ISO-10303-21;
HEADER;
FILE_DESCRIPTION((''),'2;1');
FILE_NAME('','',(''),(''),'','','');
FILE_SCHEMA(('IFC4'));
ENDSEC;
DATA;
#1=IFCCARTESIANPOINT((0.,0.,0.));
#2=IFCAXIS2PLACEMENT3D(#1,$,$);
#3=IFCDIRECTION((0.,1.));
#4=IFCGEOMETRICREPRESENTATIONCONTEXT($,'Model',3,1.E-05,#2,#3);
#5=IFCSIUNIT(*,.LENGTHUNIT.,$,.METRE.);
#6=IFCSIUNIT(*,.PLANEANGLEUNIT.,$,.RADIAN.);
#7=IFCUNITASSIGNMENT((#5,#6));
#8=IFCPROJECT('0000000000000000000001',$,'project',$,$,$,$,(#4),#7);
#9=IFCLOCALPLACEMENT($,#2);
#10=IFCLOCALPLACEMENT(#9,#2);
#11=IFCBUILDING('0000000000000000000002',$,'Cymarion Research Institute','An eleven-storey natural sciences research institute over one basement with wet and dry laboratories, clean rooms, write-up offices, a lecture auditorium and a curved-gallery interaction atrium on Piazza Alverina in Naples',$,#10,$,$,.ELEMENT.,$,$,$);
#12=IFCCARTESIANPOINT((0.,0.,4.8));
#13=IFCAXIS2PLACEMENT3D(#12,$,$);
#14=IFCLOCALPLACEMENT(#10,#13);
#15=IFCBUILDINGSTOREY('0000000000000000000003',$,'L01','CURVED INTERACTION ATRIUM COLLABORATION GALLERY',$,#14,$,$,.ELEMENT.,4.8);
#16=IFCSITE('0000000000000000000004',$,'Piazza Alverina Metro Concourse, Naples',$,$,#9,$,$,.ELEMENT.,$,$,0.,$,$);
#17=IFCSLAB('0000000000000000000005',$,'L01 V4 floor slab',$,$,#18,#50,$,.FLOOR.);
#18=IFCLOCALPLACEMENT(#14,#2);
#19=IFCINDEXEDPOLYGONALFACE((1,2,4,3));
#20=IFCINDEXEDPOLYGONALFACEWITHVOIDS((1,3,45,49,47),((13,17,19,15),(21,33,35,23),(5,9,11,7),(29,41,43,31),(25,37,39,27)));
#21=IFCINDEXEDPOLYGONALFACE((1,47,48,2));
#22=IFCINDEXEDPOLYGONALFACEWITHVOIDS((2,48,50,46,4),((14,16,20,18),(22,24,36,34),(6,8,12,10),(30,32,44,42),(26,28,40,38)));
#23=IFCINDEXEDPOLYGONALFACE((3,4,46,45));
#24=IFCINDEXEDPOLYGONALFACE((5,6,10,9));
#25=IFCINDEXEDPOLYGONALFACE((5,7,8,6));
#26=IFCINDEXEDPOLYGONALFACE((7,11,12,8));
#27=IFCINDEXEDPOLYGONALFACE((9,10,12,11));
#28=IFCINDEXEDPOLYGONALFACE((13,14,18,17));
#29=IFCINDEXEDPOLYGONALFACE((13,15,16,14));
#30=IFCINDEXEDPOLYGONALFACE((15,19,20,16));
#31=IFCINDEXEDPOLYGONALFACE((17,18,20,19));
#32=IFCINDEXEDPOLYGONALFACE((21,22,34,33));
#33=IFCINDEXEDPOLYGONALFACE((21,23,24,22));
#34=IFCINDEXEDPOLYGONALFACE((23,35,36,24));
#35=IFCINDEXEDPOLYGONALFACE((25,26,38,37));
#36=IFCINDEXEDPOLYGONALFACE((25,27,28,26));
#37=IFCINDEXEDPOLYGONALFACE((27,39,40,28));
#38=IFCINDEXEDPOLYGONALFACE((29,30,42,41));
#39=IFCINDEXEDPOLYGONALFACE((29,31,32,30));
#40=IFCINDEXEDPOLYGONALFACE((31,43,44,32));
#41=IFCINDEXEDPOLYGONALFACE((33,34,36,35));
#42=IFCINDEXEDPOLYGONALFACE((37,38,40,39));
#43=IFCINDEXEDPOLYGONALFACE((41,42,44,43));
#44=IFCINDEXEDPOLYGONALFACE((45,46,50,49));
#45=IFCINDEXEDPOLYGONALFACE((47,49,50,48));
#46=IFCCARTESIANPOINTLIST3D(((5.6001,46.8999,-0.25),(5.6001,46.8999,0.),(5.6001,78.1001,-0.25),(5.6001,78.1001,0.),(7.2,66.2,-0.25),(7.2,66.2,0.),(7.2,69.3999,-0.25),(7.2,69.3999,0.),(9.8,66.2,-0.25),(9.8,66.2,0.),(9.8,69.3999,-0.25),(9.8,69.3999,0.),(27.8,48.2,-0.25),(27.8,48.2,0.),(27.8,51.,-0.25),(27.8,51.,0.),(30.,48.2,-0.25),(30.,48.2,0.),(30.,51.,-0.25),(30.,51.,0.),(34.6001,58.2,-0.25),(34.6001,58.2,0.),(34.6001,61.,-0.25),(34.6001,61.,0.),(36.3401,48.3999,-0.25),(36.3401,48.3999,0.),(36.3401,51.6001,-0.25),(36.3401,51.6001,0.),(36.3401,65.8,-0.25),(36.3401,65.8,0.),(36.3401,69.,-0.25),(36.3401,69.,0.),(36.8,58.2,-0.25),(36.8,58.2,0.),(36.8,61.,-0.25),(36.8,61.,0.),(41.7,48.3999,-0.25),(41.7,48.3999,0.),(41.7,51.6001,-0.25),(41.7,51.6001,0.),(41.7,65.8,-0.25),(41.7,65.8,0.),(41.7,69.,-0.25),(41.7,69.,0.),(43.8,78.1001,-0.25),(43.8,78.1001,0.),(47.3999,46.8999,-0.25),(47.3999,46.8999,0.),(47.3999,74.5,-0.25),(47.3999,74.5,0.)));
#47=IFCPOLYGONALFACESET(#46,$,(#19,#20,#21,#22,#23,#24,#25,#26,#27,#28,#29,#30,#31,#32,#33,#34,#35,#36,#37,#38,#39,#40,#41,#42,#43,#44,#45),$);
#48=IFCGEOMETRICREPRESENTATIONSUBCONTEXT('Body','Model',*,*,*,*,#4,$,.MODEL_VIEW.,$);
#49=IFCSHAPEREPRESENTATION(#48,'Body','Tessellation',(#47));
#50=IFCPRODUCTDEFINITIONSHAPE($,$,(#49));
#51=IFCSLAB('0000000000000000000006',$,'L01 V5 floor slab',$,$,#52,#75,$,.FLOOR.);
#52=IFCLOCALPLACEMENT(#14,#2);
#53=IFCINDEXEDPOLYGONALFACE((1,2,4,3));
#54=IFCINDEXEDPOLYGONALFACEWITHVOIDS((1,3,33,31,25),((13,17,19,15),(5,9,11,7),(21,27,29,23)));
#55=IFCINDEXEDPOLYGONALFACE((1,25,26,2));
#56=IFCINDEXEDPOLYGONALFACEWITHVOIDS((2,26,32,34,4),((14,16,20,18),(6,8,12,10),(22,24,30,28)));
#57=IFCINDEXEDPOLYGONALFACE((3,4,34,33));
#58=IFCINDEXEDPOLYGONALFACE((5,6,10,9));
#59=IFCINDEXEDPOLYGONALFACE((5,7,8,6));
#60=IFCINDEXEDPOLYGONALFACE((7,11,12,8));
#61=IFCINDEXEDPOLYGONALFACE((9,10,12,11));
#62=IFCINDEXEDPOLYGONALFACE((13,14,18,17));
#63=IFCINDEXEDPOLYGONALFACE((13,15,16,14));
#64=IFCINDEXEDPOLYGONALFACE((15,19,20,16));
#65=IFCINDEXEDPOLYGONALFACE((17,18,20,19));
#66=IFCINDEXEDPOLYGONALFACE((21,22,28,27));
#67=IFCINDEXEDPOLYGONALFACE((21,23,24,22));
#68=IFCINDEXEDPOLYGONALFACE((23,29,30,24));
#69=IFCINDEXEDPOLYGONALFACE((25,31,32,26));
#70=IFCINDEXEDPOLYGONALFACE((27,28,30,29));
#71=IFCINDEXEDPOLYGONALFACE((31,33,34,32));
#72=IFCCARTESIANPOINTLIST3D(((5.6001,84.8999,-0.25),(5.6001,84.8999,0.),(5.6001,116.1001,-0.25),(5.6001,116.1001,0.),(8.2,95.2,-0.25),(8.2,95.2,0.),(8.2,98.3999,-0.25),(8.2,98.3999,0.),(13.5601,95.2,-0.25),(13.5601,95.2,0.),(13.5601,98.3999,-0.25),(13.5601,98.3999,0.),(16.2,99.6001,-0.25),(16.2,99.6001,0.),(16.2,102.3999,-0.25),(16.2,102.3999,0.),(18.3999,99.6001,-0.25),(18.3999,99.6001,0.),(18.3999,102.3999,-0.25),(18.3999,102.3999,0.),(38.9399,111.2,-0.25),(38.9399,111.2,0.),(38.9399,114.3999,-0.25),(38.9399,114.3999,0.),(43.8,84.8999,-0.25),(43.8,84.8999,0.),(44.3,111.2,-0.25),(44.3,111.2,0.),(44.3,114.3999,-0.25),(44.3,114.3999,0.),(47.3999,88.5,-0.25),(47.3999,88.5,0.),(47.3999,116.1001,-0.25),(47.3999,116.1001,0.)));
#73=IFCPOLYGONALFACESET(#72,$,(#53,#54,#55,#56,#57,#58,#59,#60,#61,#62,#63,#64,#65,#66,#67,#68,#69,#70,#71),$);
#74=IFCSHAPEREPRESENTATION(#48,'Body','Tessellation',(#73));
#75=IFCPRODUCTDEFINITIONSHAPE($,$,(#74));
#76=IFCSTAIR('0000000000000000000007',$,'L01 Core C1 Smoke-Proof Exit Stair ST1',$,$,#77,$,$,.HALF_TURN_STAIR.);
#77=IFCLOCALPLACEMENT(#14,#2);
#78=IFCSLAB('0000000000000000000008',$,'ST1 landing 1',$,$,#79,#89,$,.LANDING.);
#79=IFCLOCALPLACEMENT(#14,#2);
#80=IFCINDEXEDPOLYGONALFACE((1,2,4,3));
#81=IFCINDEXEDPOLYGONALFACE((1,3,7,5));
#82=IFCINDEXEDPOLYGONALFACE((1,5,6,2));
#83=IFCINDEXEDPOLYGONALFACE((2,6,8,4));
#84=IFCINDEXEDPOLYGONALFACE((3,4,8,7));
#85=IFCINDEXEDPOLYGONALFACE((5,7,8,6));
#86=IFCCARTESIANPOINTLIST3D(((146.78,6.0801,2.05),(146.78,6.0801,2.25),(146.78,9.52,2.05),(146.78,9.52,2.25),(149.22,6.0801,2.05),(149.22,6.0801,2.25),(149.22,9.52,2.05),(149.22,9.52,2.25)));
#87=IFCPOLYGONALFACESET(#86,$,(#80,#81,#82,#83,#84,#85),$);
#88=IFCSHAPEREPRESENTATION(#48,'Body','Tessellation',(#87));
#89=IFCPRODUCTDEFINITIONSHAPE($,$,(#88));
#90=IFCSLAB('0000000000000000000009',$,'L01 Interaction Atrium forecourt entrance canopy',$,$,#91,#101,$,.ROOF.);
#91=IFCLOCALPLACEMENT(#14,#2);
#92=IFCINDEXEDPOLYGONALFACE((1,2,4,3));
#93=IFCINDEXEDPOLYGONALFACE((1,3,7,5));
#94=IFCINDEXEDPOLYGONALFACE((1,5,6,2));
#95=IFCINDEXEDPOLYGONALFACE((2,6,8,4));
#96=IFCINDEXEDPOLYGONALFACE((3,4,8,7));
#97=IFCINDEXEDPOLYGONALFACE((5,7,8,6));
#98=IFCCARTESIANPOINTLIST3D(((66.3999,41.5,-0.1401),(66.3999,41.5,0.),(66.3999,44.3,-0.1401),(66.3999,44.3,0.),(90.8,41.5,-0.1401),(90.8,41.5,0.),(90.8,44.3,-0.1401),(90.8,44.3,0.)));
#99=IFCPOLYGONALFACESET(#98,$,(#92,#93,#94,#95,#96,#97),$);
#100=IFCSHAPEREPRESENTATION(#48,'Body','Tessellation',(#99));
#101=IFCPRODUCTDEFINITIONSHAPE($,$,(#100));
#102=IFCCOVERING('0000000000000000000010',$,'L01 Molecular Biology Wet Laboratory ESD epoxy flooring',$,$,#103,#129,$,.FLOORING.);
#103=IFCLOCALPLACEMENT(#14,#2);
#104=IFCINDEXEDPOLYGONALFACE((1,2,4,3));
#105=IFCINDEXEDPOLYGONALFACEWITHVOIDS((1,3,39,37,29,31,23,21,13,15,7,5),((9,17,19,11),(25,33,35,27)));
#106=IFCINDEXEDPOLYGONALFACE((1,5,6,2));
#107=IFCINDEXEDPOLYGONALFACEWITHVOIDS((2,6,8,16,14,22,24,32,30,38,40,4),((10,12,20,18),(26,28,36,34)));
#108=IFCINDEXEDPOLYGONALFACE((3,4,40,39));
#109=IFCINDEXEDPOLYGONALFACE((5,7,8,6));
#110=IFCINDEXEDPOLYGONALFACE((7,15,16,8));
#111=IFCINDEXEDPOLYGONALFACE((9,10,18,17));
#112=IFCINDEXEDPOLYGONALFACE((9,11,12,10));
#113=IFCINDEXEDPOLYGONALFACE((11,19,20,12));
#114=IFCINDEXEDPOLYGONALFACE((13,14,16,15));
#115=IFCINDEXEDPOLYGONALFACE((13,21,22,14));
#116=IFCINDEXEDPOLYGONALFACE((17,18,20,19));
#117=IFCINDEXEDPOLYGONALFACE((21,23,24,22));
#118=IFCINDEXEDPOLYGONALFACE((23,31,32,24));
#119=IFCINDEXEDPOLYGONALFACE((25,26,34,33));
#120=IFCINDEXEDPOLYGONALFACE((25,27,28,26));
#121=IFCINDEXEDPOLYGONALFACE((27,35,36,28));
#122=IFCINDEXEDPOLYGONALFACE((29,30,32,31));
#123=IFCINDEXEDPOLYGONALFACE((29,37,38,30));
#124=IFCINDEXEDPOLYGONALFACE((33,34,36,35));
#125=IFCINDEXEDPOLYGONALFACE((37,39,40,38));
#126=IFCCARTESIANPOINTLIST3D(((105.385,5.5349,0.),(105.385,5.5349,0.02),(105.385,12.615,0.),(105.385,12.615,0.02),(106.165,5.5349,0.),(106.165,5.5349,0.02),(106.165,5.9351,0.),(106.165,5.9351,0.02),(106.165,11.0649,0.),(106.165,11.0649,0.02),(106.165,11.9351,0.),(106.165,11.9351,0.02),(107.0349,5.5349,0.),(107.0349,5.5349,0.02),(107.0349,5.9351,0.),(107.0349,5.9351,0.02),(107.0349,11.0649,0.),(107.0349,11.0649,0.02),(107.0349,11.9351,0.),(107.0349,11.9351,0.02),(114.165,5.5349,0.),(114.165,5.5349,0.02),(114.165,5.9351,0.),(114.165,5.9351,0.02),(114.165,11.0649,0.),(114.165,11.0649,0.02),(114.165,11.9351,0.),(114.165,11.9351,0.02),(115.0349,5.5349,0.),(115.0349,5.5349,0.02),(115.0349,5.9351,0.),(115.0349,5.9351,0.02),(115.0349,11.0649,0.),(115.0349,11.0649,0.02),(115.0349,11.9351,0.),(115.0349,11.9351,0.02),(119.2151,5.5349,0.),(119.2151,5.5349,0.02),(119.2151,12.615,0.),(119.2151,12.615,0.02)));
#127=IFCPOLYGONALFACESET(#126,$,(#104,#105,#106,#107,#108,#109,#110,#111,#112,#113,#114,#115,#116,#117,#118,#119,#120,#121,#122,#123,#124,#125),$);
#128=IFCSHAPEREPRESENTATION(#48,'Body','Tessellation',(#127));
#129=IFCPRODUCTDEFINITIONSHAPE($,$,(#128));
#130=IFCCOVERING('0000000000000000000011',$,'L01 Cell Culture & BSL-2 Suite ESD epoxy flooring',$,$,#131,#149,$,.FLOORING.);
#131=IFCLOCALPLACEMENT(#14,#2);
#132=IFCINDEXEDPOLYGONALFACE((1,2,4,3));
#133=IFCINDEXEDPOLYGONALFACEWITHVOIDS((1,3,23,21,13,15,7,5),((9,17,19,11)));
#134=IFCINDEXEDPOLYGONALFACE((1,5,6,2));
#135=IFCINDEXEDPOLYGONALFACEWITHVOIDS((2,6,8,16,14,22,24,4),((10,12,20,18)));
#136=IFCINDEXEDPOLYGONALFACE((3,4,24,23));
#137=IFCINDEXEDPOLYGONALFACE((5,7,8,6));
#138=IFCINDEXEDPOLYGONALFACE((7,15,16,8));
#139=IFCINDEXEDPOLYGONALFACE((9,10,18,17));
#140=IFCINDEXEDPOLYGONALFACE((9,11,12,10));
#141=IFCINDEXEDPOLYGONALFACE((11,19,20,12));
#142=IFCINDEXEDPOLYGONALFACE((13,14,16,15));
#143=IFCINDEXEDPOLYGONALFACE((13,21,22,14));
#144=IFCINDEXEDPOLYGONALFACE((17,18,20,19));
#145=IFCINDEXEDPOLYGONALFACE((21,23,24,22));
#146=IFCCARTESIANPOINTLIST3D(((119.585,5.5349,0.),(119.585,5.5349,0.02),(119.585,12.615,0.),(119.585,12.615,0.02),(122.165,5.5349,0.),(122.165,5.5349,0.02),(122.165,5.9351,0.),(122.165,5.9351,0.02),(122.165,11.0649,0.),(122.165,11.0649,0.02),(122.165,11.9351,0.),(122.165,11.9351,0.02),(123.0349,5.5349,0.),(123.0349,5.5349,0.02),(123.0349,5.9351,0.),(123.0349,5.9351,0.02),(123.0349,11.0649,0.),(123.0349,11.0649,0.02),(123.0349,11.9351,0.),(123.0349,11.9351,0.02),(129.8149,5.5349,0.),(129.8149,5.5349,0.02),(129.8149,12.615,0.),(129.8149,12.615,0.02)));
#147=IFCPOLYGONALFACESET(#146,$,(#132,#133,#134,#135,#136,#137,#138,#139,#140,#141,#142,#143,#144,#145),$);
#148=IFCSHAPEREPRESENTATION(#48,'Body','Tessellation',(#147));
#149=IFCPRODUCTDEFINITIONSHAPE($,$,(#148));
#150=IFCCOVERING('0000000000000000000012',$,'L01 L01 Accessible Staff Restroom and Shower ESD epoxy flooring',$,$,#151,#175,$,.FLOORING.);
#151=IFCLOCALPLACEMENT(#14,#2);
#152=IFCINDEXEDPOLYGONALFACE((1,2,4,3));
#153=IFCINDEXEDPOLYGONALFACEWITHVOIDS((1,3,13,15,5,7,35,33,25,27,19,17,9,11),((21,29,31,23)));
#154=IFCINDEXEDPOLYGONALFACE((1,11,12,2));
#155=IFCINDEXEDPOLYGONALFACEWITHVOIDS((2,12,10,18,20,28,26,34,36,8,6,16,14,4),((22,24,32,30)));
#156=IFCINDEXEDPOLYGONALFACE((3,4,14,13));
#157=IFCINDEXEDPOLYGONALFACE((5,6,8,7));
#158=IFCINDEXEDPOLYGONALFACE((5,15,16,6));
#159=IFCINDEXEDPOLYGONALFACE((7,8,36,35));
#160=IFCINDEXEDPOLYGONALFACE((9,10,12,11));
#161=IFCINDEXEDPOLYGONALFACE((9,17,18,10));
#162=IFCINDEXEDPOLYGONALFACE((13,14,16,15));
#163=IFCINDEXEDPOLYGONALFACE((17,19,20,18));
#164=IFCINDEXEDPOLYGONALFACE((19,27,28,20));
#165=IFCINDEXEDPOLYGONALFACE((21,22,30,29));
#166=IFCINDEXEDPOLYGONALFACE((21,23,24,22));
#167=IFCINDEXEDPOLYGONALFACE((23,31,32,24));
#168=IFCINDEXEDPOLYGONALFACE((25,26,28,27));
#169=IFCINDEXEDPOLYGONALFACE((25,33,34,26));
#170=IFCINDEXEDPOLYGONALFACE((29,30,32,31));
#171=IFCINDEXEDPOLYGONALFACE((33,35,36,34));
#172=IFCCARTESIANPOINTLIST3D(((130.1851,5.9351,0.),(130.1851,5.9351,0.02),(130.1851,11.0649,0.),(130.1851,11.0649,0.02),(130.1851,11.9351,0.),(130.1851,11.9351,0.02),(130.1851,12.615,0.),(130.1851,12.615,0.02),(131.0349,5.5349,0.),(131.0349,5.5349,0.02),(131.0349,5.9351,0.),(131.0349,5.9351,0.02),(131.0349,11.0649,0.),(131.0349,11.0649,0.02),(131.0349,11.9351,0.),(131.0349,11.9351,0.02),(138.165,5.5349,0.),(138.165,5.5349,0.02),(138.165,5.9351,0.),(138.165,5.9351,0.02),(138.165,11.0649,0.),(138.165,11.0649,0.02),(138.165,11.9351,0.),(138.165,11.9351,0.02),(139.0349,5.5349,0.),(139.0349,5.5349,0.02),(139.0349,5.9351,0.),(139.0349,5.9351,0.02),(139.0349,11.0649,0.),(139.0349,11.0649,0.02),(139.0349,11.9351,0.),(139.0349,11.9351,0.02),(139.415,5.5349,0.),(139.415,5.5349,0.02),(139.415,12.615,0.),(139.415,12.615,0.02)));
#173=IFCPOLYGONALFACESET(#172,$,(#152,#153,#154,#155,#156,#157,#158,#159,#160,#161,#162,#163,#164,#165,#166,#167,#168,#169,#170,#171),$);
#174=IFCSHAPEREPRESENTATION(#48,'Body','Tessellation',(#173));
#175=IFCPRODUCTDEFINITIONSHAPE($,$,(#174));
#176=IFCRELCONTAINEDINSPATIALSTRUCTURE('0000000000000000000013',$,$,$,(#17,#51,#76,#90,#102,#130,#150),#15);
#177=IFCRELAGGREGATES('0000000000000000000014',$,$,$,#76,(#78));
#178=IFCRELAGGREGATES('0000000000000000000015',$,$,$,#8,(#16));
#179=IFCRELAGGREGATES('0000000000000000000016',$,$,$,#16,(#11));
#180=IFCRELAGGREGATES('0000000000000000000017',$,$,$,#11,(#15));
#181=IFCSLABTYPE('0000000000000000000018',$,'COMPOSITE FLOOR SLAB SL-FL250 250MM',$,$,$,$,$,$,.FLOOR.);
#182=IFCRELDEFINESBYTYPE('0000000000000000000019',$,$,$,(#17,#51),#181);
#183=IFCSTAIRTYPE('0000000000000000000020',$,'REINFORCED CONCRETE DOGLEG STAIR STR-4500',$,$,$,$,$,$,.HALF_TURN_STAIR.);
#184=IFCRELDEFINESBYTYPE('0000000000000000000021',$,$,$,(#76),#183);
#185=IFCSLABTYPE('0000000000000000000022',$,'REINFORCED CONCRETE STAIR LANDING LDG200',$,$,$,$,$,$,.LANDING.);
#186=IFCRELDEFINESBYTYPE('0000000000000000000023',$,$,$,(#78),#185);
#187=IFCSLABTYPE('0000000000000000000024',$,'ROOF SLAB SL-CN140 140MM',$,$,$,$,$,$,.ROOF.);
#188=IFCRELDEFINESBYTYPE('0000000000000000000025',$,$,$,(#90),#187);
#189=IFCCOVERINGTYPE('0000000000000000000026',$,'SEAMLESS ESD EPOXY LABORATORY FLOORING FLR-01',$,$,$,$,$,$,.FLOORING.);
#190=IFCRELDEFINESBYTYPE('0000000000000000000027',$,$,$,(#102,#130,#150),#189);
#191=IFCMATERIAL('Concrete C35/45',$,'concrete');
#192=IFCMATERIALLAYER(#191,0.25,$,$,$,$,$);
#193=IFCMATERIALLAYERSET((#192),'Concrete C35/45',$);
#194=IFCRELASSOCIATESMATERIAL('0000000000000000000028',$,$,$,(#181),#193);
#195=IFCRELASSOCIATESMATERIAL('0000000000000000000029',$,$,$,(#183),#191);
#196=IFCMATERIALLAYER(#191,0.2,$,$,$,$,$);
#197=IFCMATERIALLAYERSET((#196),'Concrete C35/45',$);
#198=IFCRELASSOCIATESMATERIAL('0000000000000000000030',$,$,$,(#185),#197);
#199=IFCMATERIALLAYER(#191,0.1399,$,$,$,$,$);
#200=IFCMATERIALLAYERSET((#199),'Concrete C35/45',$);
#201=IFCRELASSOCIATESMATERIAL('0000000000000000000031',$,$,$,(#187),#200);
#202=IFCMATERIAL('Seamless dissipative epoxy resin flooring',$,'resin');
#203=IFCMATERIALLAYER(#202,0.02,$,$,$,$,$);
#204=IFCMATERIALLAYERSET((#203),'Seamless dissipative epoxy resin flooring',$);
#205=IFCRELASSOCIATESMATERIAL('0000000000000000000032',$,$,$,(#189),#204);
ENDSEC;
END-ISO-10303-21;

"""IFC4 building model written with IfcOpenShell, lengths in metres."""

from ifc_helpers import new_model, si_unit, direction, frame, origin, place, context, subcontext, project, spatial, polyline, outline, extrude, material, layer, layer_set, type_object, element, aggregate, save


model = new_model("IFC4")

# Units and contexts
model_context = context("Model", 3, precision=1e-05, world=origin(), true_north=direction((0.0, 1.0)))
body_context = subcontext(model_context, "Body", "Model", "MODEL_VIEW")
ifc_project = project(units=[si_unit("LENGTHUNIT", "METRE"), si_unit("PLANEANGLEUNIT", "RADIAN")], contexts=[model_context])

# Site, building, storey
site_placement = place(None, origin())
site = spatial("IfcSite", under=ifc_project, at=site_placement, Name="Piazza Alverina Metro Concourse, Naples", CompositionType="ELEMENT", RefElevation=0.0)
building_placement = place(site_placement, origin())
building = spatial("IfcBuilding", under=site, at=building_placement, Name="Cymarion Research Institute", Description="An eleven-storey natural sciences research institute over one basement with wet and dry laboratories, clean rooms, write-up offices, a lecture auditorium and a curved-gallery interaction atrium on Piazza Alverina in Naples", CompositionType="ELEMENT")
storey_placement = place(building_placement, frame((0.0, 0.0, 4.8)))
storey = spatial("IfcBuildingStorey", under=building, at=storey_placement, Name="L01", Description="CURVED INTERACTION ATRIUM COLLABORATION GALLERY", CompositionType="ELEMENT", Elevation=4.8)

# Slabs
ifc_material_1 = material(Name="Concrete C35/45", Category="concrete")
ifc_layer_1 = layer(ifc_material_1, 0.25)
ifc_layer_set_1 = layer_set([ifc_layer_1], Name="Concrete C35/45")
slab_type_1 = type_object("IfcSlabType", Name="COMPOSITE FLOOR SLAB SL-FL250 250MM", PredefinedType="FLOOR", material=ifc_layer_set_1)
slab_1_placement = place(storey_placement, frame((0.0, 0.0, -0.25)))
element("IfcSlab", 1, at=slab_1_placement, inside=storey, type_object=slab_type_1, Name="L01 V4 floor slab", PredefinedType="FLOOR", context=body_context, shape_type="SweptSolid", body=[
    extrude(outline(polyline([(5.6001, 46.8999), (47.3999, 46.8999), (47.3999, 74.5), (43.8, 78.1001), (5.6001, 78.1001), (5.6001, 46.8999)]), holes=[polyline([(36.3401, 48.3999), (41.7, 48.3999), (41.7, 51.6001), (36.3401, 51.6001), (36.3401, 48.3999)]), polyline([(27.8, 48.2), (30.0, 48.2), (30.0, 51.0), (27.8, 51.0), (27.8, 48.2)]), polyline([(36.3401, 65.8), (41.7, 65.8), (41.7, 69.0), (36.3401, 69.0), (36.3401, 65.8)]), polyline([(34.6001, 58.2), (36.8, 58.2), (36.8, 61.0), (34.6001, 61.0), (34.6001, 58.2)]), polyline([(7.2, 66.2), (9.8, 66.2), (9.8, 69.3999), (7.2, 69.3999), (7.2, 66.2)])]), origin(), (0.0, 0.0, 1.0), 0.25),
])
slab_2_placement = place(storey_placement, frame((0.0, 0.0, -0.25)))
element("IfcSlab", 2, at=slab_2_placement, inside=storey, type_object=slab_type_1, Name="L01 V5 floor slab", PredefinedType="FLOOR", context=body_context, shape_type="SweptSolid", body=[
    extrude(outline(polyline([(5.6001, 84.8999), (43.8, 84.8999), (47.3999, 88.5), (47.3999, 116.1001), (5.6001, 116.1001), (5.6001, 84.8999)]), holes=[polyline([(13.5601, 98.3999), (8.2, 98.3999), (8.2, 95.2), (13.5601, 95.2), (13.5601, 98.3999)]), polyline([(16.2, 99.6001), (18.3999, 99.6001), (18.3999, 102.3999), (16.2, 102.3999), (16.2, 99.6001)]), polyline([(38.9399, 111.2), (44.3, 111.2), (44.3, 114.3999), (38.9399, 114.3999), (38.9399, 111.2)])]), origin(), (0.0, 0.0, 1.0), 0.25),
])

# Stair, slab
stair_type = type_object("IfcStairType", Name="REINFORCED CONCRETE DOGLEG STAIR STR-4500", PredefinedType="HALF_TURN_STAIR", material=ifc_material_1)
stair_placement = place(storey_placement, origin())
stair = element("IfcStair", 3, at=stair_placement, inside=storey, type_object=stair_type, Name="L01 Core C1 Smoke-Proof Exit Stair ST1", PredefinedType="HALF_TURN_STAIR")
ifc_layer_2 = layer(ifc_material_1, 0.2)
ifc_layer_set_2 = layer_set([ifc_layer_2], Name="Concrete C35/45")
slab_type_2 = type_object("IfcSlabType", Name="REINFORCED CONCRETE STAIR LANDING LDG200", PredefinedType="LANDING", material=ifc_layer_set_2)
slab_3_placement = place(storey_placement, frame((0.0, 0.0, 2.05)))
slab_3 = element("IfcSlab", 4, at=slab_3_placement, type_object=slab_type_2, Name="ST1 landing 1", PredefinedType="LANDING", context=body_context, shape_type="SweptSolid", body=[
    extrude(outline(polyline([(149.22, 9.52), (149.22, 6.0801), (146.78, 6.0801), (146.78, 9.52), (149.22, 9.52)])), origin(), (0.0, 0.0, 1.0), 0.2),
])
aggregate(stair, [slab_3])

# Slab
ifc_layer_3 = layer(ifc_material_1, 0.1399)
ifc_layer_set_3 = layer_set([ifc_layer_3], Name="Concrete C35/45")
slab_type_3 = type_object("IfcSlabType", Name="ROOF SLAB SL-CN140 140MM", PredefinedType="ROOF", material=ifc_layer_set_3)
slab_4_placement = place(storey_placement, frame((0.0, 0.0, -0.1401)))
element("IfcSlab", 5, at=slab_4_placement, inside=storey, type_object=slab_type_3, Name="L01 Interaction Atrium forecourt entrance canopy", PredefinedType="ROOF", context=body_context, shape_type="SweptSolid", body=[
    extrude(outline(polyline([(66.3999, 41.5), (90.8, 41.5), (90.8, 44.3), (66.3999, 44.3), (66.3999, 41.5)])), origin(), (0.0, 0.0, 1.0), 0.1401),
])

# Coverings
ifc_material_2 = material(Name="Seamless dissipative epoxy resin flooring", Category="resin")
ifc_layer_4 = layer(ifc_material_2, 0.02)
ifc_layer_set_4 = layer_set([ifc_layer_4], Name="Seamless dissipative epoxy resin flooring")
covering_type = type_object("IfcCoveringType", Name="SEAMLESS ESD EPOXY LABORATORY FLOORING FLR-01", PredefinedType="FLOORING", material=ifc_layer_set_4)
covering_1_placement = place(storey_placement, origin())
element("IfcCovering", 6, at=covering_1_placement, inside=storey, type_object=covering_type, Name="L01 Molecular Biology Wet Laboratory ESD epoxy flooring", PredefinedType="FLOORING", context=body_context, shape_type="SweptSolid", body=[
    extrude(outline(polyline([(105.385, 12.615), (119.2151, 12.615), (119.2151, 5.5349), (115.0349, 5.5349), (115.0349, 5.9351), (114.165, 5.9351), (114.165, 5.5349), (107.0349, 5.5349), (107.0349, 5.9351), (106.165, 5.9351), (106.165, 5.5349), (105.385, 5.5349), (105.385, 12.615)]), holes=[polyline([(115.0349, 11.9351), (114.165, 11.9351), (114.165, 11.0649), (115.0349, 11.0649), (115.0349, 11.9351)]), polyline([(107.0349, 11.9351), (106.165, 11.9351), (106.165, 11.0649), (107.0349, 11.0649), (107.0349, 11.9351)])]), origin(), (0.0, 0.0, 1.0), 0.02),
])
covering_2_placement = place(storey_placement, origin())
element("IfcCovering", 7, at=covering_2_placement, inside=storey, type_object=covering_type, Name="L01 Cell Culture & BSL-2 Suite ESD epoxy flooring", PredefinedType="FLOORING", context=body_context, shape_type="SweptSolid", body=[
    extrude(outline(polyline([(119.585, 12.615), (129.8149, 12.615), (129.8149, 5.5349), (123.0349, 5.5349), (123.0349, 5.9351), (122.165, 5.9351), (122.165, 5.5349), (119.585, 5.5349), (119.585, 12.615)]), holes=[polyline([(123.0349, 11.9351), (122.165, 11.9351), (122.165, 11.0649), (123.0349, 11.0649), (123.0349, 11.9351)])]), origin(), (0.0, 0.0, 1.0), 0.02),
])
covering_3_placement = place(storey_placement, origin())
element("IfcCovering", 8, at=covering_3_placement, inside=storey, type_object=covering_type, Name="L01 L01 Accessible Staff Restroom and Shower ESD epoxy flooring", PredefinedType="FLOORING", context=body_context, shape_type="SweptSolid", body=[
    extrude(outline(polyline([(130.1851, 5.9351), (130.1851, 11.0649), (131.0349, 11.0649), (131.0349, 11.9351), (130.1851, 11.9351), (130.1851, 12.615), (139.415, 12.615), (139.415, 5.5349), (139.0349, 5.5349), (139.0349, 5.9351), (138.165, 5.9351), (138.165, 5.5349), (131.0349, 5.5349), (131.0349, 5.9351), (130.1851, 5.9351)]), holes=[polyline([(139.0349, 11.9351), (138.165, 11.9351), (138.165, 11.0649), (139.0349, 11.0649), (139.0349, 11.9351)])]), origin(), (0.0, 0.0, 1.0), 0.02),
])

save(model, "model.ifc")
